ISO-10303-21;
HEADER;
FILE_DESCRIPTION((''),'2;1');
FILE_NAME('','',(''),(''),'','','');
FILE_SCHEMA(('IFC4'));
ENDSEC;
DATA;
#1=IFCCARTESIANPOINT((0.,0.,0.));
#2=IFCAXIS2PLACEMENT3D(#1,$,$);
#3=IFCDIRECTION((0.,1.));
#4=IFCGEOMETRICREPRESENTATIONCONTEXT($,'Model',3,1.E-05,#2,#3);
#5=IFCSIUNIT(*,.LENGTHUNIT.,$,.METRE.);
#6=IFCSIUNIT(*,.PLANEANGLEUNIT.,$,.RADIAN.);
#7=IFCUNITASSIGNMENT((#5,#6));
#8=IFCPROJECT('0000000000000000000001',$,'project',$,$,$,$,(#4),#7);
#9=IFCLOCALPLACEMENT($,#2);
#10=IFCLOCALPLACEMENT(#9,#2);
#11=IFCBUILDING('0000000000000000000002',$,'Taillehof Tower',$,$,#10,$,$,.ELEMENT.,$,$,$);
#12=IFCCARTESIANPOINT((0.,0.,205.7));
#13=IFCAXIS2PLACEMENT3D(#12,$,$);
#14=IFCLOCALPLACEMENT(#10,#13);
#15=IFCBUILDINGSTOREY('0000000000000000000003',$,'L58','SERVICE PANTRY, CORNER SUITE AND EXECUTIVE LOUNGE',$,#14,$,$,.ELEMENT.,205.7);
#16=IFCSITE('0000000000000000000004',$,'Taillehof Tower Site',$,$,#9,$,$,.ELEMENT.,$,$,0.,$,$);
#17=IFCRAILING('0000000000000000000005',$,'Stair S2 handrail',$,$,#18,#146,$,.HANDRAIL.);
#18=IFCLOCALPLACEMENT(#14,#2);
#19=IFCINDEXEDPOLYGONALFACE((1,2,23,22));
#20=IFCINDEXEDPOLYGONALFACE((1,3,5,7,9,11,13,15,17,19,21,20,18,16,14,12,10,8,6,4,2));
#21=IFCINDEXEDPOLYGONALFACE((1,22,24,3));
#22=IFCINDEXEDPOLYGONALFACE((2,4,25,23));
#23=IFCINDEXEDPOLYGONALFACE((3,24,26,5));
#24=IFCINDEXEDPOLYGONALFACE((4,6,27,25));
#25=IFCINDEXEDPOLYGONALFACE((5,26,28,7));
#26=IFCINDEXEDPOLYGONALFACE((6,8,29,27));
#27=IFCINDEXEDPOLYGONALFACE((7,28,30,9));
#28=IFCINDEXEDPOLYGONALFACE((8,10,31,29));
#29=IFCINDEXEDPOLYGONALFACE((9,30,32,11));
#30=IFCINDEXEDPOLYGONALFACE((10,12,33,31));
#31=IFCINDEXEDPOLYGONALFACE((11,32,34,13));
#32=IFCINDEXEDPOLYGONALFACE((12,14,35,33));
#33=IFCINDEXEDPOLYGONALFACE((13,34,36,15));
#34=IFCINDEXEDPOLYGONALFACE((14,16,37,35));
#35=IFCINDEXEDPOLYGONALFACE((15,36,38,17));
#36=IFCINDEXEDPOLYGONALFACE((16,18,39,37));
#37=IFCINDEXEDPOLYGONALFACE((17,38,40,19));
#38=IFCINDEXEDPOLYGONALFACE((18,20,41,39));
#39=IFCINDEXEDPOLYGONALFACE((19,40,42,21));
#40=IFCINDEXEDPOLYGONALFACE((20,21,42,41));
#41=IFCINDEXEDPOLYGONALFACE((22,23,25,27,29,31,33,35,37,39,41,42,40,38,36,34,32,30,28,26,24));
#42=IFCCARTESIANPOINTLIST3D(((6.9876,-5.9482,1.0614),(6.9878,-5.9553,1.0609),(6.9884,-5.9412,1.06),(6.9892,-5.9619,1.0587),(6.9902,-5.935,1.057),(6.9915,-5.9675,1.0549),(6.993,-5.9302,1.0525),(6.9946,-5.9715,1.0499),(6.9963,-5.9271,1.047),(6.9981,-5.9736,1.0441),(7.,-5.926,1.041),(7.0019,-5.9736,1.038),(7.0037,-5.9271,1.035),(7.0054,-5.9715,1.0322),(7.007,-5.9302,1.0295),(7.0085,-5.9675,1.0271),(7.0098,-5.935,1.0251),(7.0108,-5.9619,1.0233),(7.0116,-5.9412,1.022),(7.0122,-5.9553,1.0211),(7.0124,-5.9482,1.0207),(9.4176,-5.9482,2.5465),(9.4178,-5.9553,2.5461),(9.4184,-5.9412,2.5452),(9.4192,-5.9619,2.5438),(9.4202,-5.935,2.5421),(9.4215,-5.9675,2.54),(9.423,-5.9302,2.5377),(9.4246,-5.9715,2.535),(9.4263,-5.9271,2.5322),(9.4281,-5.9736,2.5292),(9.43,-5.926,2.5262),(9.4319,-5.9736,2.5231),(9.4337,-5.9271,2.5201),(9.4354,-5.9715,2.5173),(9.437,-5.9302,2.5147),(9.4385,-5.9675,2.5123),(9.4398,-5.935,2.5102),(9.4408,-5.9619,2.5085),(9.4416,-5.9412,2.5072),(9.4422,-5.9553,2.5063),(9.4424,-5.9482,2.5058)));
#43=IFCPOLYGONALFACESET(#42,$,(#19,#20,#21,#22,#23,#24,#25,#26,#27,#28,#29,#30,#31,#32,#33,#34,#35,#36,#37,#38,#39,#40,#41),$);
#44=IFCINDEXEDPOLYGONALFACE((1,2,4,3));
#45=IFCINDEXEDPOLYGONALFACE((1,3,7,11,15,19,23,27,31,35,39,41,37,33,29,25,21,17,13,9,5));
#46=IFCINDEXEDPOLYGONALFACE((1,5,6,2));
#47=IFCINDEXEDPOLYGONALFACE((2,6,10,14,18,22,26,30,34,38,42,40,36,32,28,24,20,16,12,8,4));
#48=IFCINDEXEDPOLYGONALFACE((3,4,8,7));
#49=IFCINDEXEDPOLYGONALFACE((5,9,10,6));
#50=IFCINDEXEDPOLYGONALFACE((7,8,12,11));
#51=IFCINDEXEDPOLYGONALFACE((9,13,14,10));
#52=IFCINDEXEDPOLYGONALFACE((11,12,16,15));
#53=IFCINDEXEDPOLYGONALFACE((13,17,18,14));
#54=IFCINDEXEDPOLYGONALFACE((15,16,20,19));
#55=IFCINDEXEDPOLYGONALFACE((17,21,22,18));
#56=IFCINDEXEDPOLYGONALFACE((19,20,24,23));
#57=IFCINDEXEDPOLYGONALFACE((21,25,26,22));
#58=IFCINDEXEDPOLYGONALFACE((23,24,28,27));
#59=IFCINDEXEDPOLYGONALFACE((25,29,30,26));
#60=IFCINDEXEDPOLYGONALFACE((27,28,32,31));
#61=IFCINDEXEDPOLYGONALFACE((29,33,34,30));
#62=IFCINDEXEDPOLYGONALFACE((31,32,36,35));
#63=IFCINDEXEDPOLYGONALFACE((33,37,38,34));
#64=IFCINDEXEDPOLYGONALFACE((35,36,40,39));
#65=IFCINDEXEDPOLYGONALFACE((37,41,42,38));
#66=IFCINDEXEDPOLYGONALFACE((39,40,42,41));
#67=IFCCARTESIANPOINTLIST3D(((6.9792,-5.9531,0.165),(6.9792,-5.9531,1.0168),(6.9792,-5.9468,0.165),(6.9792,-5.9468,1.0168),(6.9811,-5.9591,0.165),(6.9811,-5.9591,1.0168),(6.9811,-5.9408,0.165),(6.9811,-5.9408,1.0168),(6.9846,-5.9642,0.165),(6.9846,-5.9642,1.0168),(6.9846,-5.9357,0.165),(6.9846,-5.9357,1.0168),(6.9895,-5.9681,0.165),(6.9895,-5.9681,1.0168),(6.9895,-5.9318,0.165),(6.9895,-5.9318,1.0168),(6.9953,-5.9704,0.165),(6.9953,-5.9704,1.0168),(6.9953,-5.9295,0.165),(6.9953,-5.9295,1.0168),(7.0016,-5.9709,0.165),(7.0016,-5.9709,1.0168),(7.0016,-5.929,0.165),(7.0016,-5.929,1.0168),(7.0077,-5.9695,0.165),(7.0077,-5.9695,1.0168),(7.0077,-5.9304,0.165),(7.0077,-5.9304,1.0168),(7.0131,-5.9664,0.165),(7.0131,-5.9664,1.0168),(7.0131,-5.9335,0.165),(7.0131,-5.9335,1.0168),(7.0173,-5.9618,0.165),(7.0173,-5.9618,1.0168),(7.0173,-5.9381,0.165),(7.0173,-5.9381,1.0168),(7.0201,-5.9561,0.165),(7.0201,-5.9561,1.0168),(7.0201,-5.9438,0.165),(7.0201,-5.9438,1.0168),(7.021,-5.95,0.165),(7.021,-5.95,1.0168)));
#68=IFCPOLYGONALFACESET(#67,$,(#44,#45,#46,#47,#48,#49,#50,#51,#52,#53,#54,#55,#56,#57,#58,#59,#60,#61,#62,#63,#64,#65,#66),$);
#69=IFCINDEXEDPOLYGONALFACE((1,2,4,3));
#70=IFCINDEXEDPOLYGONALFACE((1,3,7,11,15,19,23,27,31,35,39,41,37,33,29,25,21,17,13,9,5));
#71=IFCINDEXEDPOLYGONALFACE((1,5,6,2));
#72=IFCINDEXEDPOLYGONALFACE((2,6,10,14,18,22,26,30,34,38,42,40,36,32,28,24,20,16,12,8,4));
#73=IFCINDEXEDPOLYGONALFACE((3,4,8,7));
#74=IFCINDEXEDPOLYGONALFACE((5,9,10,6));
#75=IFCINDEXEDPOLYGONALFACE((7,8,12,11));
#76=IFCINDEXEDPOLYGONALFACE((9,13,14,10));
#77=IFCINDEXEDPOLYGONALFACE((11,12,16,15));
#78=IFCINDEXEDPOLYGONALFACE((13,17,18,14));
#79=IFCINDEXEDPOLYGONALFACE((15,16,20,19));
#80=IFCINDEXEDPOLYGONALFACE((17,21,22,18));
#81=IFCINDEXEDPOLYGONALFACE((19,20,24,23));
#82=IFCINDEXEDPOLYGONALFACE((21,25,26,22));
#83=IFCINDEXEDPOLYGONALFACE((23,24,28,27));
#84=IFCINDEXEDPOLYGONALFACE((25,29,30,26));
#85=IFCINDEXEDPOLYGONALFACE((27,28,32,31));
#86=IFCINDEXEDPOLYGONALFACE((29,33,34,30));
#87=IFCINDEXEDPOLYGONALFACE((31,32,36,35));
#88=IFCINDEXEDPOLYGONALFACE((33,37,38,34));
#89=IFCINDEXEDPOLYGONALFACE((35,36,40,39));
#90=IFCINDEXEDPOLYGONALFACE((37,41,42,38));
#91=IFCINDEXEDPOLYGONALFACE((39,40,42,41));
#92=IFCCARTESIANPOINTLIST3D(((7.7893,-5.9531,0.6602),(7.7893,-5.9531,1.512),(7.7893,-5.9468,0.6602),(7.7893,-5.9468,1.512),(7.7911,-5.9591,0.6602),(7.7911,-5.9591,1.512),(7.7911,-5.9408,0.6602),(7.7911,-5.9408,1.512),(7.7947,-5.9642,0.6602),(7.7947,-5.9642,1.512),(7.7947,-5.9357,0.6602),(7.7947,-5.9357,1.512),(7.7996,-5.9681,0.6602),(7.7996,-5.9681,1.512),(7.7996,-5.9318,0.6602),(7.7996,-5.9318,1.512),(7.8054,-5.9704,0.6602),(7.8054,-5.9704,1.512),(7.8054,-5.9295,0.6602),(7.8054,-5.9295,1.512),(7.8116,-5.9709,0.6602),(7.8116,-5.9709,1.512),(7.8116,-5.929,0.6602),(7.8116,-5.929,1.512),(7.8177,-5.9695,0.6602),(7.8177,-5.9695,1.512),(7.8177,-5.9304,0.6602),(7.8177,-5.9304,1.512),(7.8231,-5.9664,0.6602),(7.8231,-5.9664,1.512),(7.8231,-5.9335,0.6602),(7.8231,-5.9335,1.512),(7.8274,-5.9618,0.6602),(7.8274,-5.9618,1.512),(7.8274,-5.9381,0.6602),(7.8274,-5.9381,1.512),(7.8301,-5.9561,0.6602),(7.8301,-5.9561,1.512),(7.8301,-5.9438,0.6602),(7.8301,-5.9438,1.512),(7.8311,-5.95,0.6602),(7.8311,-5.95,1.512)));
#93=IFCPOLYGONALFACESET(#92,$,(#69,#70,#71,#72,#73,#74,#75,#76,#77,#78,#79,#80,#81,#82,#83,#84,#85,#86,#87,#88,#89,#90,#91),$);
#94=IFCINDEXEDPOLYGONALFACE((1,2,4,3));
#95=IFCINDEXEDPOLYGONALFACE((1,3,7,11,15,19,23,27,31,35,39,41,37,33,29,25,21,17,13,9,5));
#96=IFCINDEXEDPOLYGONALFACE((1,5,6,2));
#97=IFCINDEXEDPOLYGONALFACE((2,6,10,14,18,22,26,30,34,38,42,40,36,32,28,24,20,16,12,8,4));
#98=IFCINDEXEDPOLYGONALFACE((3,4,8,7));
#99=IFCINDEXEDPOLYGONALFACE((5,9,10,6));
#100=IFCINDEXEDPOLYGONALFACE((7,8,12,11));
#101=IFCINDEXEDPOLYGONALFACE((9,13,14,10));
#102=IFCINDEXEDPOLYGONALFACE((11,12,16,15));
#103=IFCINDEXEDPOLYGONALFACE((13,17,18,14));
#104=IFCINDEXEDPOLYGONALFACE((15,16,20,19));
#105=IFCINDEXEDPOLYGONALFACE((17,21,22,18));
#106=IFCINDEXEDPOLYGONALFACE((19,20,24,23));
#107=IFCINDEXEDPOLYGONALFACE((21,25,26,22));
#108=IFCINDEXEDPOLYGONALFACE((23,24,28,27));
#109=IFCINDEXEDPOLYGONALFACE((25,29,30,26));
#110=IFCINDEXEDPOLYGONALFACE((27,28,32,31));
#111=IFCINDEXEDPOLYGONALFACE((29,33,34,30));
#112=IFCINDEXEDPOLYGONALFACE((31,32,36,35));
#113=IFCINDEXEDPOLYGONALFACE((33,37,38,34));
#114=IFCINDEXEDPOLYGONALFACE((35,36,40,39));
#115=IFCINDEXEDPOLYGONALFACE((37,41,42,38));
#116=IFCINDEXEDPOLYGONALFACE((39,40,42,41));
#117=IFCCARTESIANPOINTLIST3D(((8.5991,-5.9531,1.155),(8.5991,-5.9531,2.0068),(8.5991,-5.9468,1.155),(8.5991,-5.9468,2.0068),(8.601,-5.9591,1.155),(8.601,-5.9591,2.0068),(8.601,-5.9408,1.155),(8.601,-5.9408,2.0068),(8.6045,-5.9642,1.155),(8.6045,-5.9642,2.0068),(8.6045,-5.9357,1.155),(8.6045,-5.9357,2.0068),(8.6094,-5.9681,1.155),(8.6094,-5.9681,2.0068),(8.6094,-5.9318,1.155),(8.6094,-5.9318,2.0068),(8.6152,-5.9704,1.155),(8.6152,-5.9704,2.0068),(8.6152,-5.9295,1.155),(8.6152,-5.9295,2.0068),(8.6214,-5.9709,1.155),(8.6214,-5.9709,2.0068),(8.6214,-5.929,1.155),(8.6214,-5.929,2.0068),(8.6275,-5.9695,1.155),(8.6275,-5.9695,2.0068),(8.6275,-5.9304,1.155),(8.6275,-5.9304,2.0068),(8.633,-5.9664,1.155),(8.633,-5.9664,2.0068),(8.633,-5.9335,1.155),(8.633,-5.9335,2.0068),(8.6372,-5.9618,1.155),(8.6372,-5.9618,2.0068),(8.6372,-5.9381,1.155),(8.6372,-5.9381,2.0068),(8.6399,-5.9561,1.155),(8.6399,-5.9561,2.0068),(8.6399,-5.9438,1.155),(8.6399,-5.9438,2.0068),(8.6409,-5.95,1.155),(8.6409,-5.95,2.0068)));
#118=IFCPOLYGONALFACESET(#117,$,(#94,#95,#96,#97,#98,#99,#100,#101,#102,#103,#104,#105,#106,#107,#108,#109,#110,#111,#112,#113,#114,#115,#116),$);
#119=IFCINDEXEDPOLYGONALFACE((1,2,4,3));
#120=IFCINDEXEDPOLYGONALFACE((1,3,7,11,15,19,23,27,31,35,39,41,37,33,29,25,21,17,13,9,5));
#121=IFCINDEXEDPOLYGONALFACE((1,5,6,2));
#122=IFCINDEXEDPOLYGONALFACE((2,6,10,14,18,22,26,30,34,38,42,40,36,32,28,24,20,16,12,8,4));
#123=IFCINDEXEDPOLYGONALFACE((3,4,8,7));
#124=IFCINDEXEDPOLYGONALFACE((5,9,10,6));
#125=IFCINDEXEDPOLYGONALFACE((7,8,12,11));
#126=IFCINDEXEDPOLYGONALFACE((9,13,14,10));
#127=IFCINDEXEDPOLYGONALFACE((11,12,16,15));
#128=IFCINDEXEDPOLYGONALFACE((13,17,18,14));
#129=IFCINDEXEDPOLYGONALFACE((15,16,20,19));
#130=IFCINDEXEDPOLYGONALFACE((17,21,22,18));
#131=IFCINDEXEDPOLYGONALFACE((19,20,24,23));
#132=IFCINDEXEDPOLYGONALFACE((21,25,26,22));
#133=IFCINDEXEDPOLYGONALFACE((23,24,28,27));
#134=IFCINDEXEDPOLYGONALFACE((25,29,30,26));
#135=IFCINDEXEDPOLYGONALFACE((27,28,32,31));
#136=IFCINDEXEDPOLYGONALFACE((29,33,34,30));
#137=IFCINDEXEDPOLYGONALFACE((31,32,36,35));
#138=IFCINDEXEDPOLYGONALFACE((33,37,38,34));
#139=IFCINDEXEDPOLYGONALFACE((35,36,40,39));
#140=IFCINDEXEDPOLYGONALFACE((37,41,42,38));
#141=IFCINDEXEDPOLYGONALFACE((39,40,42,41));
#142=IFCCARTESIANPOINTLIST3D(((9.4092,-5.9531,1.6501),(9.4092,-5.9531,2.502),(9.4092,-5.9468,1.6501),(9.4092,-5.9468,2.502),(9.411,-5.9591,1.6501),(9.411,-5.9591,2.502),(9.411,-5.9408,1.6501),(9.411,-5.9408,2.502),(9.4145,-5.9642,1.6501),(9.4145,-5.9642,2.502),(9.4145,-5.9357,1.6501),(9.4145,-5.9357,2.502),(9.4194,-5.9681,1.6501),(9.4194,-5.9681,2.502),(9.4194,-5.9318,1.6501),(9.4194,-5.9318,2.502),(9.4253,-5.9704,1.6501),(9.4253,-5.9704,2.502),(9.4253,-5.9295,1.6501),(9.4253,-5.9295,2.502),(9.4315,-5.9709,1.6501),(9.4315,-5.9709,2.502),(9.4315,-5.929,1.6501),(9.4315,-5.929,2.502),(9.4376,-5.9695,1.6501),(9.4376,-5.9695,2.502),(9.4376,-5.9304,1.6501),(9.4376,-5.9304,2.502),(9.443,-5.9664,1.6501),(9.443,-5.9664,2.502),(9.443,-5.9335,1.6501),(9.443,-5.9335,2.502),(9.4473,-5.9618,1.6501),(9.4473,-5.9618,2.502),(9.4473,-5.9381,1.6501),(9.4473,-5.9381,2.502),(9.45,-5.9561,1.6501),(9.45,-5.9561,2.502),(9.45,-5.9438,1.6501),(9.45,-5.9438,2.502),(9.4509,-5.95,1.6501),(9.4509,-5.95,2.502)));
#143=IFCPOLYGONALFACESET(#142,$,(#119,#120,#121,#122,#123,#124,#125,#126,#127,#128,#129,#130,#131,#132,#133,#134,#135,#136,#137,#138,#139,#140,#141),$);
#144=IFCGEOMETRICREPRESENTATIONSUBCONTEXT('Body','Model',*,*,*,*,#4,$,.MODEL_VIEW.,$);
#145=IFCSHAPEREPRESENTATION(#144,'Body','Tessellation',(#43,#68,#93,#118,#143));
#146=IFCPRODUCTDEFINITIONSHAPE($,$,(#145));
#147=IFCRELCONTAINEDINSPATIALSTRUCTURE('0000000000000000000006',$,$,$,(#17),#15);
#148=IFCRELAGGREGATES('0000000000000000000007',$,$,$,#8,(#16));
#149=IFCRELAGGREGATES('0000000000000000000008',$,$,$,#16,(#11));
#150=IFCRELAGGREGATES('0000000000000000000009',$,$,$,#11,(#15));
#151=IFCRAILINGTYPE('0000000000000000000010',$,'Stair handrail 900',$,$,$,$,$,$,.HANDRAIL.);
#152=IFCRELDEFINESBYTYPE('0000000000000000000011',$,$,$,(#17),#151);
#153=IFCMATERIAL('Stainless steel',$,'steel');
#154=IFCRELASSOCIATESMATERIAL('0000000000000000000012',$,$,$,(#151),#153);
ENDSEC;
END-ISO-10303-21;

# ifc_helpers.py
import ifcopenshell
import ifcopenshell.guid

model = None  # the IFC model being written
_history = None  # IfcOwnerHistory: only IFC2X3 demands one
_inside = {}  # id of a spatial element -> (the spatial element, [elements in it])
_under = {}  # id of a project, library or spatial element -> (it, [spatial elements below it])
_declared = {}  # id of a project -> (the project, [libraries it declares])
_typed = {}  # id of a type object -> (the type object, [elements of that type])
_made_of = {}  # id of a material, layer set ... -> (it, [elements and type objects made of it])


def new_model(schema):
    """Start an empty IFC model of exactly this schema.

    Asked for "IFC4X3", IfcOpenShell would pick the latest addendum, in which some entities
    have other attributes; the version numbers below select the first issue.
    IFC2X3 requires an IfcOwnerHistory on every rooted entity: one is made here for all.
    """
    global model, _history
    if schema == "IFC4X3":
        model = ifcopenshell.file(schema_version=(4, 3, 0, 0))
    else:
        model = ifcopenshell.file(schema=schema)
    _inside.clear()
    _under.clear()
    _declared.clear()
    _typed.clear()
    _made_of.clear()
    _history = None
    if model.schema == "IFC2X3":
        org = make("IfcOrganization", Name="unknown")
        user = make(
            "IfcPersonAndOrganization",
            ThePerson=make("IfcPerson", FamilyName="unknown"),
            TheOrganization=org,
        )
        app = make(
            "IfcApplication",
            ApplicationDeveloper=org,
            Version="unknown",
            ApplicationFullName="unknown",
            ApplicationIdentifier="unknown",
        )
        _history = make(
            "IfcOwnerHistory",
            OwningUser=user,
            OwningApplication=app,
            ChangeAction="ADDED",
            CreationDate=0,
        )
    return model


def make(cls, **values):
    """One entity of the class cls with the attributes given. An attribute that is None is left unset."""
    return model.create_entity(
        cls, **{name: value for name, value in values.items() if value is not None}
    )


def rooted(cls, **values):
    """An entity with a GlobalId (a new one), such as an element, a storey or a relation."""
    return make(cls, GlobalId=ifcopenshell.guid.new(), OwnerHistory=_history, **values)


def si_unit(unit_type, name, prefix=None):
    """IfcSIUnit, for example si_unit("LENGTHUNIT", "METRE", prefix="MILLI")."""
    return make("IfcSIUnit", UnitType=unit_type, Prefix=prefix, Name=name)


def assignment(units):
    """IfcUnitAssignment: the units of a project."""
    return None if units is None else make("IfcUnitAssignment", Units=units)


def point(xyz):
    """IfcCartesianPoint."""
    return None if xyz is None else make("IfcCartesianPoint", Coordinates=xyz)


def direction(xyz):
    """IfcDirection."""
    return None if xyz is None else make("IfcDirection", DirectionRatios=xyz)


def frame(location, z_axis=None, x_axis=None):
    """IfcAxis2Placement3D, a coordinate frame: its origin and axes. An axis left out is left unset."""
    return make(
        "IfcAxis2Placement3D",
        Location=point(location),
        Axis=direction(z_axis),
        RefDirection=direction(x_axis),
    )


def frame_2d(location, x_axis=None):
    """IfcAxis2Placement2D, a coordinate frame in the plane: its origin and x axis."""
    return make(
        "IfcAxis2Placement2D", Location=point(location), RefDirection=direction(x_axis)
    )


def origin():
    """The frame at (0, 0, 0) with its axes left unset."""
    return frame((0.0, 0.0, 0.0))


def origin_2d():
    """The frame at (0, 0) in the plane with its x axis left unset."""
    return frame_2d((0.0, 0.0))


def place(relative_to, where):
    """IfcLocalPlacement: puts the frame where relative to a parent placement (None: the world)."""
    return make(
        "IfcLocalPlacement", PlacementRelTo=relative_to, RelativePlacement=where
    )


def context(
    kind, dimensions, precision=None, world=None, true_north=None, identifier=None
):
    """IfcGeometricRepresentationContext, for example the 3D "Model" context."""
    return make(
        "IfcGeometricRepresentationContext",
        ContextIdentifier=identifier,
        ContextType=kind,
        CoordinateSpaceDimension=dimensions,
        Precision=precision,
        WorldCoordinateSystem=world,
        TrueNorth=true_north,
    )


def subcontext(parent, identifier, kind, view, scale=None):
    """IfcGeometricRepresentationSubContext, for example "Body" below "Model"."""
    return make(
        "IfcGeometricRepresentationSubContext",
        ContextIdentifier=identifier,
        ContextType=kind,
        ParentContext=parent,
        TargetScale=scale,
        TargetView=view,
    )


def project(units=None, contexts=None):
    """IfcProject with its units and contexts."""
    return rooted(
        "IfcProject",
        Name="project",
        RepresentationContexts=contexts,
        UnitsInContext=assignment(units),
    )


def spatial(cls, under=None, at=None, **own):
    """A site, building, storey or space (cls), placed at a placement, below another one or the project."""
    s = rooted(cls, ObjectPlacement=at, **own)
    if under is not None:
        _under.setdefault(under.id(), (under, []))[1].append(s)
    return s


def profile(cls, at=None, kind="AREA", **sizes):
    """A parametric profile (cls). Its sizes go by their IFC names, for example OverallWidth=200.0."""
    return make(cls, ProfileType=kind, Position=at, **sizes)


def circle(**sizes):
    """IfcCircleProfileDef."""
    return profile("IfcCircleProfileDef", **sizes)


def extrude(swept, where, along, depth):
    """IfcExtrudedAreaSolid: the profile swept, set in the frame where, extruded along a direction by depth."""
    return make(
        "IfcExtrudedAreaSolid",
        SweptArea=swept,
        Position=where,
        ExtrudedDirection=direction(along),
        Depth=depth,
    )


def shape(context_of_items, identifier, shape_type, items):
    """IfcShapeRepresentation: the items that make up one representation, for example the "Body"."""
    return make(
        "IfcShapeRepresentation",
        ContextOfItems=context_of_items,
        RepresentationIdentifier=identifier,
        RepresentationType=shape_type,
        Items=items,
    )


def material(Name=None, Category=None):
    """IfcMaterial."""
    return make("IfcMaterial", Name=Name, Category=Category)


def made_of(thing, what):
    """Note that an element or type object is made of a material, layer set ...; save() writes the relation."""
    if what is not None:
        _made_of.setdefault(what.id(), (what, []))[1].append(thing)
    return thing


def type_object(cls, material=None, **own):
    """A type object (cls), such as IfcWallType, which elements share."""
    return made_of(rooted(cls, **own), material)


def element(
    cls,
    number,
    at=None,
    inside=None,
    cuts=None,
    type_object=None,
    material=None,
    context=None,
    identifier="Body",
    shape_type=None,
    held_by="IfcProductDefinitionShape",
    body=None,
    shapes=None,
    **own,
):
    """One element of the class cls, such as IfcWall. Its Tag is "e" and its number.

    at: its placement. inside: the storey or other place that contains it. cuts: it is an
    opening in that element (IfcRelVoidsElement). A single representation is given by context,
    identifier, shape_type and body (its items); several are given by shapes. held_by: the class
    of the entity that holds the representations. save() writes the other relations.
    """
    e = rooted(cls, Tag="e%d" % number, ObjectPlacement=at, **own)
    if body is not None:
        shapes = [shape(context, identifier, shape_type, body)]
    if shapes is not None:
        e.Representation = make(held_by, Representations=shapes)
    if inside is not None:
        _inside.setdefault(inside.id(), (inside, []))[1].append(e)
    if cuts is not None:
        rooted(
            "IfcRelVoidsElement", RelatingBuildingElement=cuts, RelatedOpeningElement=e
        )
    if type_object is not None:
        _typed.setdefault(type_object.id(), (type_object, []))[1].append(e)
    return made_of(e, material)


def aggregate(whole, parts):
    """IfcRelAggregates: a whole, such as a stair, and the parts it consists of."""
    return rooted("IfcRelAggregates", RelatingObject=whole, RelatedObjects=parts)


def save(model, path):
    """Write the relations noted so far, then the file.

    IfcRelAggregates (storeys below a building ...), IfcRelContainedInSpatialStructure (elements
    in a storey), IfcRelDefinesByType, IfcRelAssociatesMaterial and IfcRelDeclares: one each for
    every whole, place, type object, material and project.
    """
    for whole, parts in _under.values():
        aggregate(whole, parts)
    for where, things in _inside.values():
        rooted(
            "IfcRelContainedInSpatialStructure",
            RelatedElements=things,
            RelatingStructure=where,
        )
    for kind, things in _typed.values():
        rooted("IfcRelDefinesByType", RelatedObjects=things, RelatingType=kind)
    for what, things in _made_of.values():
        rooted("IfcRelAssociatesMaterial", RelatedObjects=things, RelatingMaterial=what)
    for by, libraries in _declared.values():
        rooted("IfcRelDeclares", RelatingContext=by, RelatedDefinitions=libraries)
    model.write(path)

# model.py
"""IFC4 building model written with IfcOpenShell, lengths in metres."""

from ifc_helpers import new_model, si_unit, direction, frame, origin, origin_2d, place, context, subcontext, project, spatial, circle, extrude, material, type_object, element, save


model = new_model("IFC4")

# Units and contexts
model_context = context("Model", 3, precision=1e-05, world=origin(), true_north=direction((0.0, 1.0)))
body_context = subcontext(model_context, "Body", "Model", "MODEL_VIEW")
ifc_project = project(units=[si_unit("LENGTHUNIT", "METRE"), si_unit("PLANEANGLEUNIT", "RADIAN")], contexts=[model_context])

# Site, building, storey
site_placement = place(None, origin())
site = spatial("IfcSite", under=ifc_project, at=site_placement, Name="Taillehof Tower Site", CompositionType="ELEMENT", RefElevation=0.0)
building_placement = place(site_placement, origin())
building = spatial("IfcBuilding", under=site, at=building_placement, Name="Taillehof Tower", CompositionType="ELEMENT")
storey_placement = place(building_placement, frame((0.0, 0.0, 205.7)))
storey = spatial("IfcBuildingStorey", under=building, at=storey_placement, Name="L58", Description="SERVICE PANTRY, CORNER SUITE AND EXECUTIVE LOUNGE", CompositionType="ELEMENT", Elevation=205.7)

# Railing
ifc_material_1 = material(Name="Stainless steel", Category="steel")
railing_type = type_object("IfcRailingType", Name="Stair handrail 900", PredefinedType="HANDRAIL", material=ifc_material_1)
railing_1_placement = place(storey_placement, frame((7.0, -5.95, 0.165)))
element("IfcRailing", 1, at=railing_1_placement, inside=storey, type_object=railing_type, Name="Stair S2 handrail", PredefinedType="HANDRAIL", context=body_context, shape_type="SweptSolid", body=[
    extrude(circle(Radius=0.0239, at=origin_2d()), frame((0.0, 0.0, 0.876), z_axis=(0.853259, 0.0, 0.521488), x_axis=(0.0, 1.0, 0.0)), (0.0, 0.0, 1.0), 2.8479),
    extrude(circle(Radius=0.021, at=origin_2d()), origin(), (0.0, 0.0, 1.0), 0.8518),
    extrude(circle(Radius=0.021, at=origin_2d()), frame((0.8101, 0.0, 0.4951)), (0.0, 0.0, 1.0), 0.8518),
    extrude(circle(Radius=0.021, at=origin_2d()), frame((1.6199, 0.0, 0.99)), (0.0, 0.0, 1.0), 0.8518),
    extrude(circle(Radius=0.021, at=origin_2d()), frame((2.4299, 0.0, 1.4851)), (0.0, 0.0, 1.0), 0.8518),
])

save(model, "model.ifc")
